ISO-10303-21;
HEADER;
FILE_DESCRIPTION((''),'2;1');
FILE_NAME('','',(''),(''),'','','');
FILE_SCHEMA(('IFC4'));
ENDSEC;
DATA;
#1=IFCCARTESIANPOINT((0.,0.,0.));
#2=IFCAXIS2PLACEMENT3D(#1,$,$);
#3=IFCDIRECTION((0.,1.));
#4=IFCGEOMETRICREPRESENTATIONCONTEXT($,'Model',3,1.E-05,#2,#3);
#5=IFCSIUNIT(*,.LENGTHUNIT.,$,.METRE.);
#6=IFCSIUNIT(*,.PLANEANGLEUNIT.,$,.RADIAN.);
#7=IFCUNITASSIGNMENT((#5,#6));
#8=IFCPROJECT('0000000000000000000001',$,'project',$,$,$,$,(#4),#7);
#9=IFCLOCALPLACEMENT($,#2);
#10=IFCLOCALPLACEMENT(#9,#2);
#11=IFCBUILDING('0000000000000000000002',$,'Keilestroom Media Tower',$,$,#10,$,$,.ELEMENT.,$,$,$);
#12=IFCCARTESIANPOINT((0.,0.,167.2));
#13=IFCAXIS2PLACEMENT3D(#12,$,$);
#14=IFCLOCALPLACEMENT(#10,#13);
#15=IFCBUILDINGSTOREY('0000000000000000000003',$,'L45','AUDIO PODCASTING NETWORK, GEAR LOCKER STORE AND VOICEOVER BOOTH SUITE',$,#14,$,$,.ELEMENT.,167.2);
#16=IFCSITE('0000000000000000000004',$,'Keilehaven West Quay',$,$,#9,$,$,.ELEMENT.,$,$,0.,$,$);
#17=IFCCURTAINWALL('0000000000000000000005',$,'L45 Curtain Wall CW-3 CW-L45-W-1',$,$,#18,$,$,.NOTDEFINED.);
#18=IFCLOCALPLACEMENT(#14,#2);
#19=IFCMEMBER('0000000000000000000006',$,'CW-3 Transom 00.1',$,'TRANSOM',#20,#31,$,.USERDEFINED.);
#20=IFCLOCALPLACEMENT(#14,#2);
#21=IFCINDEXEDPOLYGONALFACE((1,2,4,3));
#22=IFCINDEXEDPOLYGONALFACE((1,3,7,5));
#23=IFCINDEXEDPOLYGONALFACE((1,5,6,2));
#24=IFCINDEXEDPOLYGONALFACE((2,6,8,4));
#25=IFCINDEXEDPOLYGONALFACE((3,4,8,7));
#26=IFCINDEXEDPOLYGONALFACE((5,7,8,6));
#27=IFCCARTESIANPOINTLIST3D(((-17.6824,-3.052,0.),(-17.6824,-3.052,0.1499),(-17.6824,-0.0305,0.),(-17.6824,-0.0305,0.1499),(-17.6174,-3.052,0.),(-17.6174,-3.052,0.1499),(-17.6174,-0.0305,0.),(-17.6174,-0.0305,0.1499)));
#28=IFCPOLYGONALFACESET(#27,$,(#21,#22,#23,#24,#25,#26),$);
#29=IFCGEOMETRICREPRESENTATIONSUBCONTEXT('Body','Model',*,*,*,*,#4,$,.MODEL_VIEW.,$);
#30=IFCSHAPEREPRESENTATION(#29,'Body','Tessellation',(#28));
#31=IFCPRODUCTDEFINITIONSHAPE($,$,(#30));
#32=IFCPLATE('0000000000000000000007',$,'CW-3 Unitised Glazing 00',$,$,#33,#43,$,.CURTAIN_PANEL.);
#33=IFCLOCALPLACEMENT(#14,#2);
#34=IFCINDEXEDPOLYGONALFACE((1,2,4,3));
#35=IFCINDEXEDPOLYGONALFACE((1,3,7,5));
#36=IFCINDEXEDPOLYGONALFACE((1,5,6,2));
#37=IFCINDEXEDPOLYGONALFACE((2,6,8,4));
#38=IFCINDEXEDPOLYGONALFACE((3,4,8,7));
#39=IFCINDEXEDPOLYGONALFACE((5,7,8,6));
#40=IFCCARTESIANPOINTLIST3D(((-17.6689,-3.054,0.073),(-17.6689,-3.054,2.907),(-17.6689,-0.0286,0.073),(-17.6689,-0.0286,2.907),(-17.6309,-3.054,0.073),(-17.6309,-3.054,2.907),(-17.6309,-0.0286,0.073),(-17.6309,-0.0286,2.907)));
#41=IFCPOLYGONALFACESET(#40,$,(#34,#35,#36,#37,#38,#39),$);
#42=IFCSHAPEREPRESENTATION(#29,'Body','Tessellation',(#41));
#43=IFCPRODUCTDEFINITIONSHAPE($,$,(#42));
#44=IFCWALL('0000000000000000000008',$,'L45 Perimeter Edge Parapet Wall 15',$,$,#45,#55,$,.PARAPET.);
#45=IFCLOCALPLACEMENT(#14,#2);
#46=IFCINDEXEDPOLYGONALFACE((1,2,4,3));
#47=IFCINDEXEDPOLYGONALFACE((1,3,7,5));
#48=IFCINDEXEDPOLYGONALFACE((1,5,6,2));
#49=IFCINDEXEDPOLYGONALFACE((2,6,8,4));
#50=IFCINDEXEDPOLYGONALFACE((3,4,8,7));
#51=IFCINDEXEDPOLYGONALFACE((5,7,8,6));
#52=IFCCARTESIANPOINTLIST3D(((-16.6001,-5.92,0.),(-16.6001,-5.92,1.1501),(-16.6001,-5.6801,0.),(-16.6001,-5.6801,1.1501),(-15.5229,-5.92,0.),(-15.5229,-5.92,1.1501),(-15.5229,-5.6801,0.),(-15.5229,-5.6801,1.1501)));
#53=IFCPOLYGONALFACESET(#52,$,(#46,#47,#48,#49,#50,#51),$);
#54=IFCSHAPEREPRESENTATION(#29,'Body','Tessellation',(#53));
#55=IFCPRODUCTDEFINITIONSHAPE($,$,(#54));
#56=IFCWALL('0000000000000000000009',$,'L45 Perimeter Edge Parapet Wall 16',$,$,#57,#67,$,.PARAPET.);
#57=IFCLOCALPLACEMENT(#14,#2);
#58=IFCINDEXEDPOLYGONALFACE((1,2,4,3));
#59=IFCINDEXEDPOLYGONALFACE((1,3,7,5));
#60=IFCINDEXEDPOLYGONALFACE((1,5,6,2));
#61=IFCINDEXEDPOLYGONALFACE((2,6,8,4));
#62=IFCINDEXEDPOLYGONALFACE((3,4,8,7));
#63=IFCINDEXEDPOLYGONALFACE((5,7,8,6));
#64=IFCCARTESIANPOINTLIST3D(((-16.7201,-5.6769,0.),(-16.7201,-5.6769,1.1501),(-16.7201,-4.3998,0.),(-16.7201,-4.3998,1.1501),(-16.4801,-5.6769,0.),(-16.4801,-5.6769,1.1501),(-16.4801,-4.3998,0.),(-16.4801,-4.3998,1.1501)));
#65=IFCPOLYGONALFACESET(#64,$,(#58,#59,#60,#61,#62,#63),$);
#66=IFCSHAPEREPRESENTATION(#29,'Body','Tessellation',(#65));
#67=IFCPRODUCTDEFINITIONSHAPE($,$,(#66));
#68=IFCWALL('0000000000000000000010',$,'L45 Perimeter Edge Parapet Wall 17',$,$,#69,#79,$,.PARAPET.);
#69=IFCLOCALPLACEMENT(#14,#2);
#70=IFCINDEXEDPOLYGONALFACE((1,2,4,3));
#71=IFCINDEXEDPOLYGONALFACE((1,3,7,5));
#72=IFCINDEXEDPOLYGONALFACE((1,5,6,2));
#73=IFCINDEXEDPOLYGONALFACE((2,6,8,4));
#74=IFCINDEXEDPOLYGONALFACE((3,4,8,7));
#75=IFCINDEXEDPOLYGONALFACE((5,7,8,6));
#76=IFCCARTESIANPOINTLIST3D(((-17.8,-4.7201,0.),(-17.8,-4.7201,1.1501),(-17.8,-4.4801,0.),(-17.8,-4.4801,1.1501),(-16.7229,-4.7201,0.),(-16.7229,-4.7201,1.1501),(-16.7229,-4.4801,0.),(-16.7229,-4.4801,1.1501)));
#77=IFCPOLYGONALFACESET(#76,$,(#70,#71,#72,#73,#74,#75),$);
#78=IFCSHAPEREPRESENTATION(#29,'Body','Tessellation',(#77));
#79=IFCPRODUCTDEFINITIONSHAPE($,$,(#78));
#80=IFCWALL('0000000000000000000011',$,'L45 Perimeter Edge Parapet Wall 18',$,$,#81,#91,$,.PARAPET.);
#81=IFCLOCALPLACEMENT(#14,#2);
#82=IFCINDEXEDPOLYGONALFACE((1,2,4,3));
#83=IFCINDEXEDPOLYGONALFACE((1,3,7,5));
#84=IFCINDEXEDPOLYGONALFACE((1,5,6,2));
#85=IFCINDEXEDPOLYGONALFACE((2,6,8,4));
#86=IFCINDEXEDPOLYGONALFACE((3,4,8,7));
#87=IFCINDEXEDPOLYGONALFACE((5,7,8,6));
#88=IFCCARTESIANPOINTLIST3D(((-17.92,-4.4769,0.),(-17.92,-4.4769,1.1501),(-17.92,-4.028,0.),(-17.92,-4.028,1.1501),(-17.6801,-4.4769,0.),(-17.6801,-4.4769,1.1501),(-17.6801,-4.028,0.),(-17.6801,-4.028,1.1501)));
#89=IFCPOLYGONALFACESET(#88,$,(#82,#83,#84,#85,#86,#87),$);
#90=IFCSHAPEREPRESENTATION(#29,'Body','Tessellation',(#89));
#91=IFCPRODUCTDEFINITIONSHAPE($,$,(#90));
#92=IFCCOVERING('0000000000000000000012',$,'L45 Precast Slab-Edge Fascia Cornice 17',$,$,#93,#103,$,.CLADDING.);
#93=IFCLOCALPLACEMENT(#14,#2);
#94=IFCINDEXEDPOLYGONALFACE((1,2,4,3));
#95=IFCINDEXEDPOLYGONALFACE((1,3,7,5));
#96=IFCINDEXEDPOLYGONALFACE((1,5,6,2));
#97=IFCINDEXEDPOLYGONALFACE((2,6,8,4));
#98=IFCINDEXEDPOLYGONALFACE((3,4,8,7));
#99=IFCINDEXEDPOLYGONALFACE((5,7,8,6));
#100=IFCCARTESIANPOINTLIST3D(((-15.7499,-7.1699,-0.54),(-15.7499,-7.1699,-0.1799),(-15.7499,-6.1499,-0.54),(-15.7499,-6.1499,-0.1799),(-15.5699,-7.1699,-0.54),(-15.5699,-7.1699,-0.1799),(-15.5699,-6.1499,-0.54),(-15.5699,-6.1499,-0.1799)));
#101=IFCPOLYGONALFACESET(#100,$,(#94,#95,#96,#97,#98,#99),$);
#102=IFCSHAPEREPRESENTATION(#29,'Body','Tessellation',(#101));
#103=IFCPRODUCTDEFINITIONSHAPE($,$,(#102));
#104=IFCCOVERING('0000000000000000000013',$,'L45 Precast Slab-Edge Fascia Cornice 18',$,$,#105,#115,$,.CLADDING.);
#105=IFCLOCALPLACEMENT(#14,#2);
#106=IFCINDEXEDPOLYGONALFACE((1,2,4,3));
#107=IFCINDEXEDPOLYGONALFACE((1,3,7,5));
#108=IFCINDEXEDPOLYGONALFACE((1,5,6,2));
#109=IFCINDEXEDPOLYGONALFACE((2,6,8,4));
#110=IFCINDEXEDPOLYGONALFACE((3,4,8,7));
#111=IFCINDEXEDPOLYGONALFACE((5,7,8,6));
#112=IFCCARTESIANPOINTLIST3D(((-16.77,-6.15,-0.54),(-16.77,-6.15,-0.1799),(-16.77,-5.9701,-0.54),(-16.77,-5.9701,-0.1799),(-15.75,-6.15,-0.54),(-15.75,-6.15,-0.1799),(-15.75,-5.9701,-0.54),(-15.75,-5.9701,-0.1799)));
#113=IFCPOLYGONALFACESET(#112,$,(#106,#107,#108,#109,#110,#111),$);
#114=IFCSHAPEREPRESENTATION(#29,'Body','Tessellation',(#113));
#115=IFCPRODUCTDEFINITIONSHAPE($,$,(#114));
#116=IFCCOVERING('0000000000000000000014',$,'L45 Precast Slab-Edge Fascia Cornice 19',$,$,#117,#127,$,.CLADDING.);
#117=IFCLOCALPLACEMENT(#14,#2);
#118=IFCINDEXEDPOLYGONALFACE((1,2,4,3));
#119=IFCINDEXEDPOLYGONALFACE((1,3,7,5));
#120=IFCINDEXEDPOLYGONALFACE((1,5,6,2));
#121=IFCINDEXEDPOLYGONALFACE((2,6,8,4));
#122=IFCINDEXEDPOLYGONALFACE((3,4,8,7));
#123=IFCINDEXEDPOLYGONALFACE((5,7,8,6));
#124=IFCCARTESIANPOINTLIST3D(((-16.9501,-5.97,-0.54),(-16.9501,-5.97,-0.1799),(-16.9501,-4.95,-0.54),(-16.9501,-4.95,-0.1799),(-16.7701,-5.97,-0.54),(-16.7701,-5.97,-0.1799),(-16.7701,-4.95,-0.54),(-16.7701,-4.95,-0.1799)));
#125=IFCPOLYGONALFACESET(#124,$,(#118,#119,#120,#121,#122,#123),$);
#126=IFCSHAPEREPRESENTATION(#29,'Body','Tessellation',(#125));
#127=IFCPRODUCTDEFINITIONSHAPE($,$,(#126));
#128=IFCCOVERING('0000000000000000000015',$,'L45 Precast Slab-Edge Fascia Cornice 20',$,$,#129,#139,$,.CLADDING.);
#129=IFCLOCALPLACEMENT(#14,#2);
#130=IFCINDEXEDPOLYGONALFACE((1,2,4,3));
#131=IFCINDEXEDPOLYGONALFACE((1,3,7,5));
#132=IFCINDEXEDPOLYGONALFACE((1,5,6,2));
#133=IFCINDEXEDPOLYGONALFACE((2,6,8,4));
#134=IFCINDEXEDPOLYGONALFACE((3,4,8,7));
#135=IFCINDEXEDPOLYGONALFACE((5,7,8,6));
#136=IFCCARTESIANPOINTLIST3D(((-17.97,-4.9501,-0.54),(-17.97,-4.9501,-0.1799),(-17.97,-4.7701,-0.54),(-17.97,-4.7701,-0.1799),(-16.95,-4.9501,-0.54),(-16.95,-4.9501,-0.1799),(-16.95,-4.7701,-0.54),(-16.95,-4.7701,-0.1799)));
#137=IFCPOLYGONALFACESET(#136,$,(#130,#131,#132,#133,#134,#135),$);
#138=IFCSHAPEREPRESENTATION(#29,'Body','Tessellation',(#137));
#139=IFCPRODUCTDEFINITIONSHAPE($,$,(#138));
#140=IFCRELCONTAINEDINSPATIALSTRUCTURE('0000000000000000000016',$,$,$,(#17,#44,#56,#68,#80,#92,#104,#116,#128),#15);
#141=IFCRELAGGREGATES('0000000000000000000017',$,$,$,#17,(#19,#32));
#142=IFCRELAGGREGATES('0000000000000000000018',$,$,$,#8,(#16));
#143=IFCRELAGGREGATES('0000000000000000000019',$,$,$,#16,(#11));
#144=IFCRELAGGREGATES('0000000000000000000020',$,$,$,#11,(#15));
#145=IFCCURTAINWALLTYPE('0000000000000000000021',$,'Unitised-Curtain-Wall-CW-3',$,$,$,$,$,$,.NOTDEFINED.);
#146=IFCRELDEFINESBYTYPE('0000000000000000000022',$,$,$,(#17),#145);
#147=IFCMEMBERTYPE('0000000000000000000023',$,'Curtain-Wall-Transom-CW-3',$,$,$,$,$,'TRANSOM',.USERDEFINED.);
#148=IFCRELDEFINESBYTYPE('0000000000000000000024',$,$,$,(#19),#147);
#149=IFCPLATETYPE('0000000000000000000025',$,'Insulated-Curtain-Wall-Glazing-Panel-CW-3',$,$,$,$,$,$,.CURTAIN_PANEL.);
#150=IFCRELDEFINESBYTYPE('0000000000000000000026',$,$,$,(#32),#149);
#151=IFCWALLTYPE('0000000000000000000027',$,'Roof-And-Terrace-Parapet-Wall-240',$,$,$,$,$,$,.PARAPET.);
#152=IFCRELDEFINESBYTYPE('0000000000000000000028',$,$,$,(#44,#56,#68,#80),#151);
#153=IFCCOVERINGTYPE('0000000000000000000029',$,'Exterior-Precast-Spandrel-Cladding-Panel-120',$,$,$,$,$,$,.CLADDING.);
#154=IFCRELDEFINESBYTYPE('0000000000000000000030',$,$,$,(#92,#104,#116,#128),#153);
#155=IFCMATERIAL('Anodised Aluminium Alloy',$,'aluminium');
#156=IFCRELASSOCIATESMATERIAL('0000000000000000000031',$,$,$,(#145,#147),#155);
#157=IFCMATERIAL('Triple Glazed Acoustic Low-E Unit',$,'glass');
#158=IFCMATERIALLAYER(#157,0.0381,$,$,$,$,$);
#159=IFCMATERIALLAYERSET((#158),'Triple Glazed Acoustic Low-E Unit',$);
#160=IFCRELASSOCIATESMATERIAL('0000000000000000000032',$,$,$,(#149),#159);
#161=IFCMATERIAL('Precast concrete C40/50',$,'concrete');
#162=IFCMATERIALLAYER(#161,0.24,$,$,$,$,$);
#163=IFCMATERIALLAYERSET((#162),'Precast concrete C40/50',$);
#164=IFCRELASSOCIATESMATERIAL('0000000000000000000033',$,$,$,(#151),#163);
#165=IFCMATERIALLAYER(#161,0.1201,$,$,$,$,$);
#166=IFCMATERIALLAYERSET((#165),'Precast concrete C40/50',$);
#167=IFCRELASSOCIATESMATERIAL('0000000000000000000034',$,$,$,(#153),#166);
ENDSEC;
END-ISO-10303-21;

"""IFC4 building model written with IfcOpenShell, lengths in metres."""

from ifc_helpers import new_model, si_unit, direction, frame, frame_2d, origin, origin_2d, place, context, subcontext, project, spatial, rectangle, extrude, source, transform, mapped, material, layer, layer_set, material_profile, profile_set, type_object, element, aggregate, save


model = new_model("IFC4")

# Units and contexts
model_context = context("Model", 3, precision=1e-05, world=origin(), true_north=direction((0.0, 1.0)))
body_context = subcontext(model_context, "Body", "Model", "MODEL_VIEW")
ifc_project = project(units=[si_unit("LENGTHUNIT", "METRE"), si_unit("PLANEANGLEUNIT", "RADIAN")], contexts=[model_context])

# Site, building, storey
site_placement = place(None, origin())
site = spatial("IfcSite", under=ifc_project, at=site_placement, Name="Keilehaven West Quay", CompositionType="ELEMENT", RefElevation=0.0)
building_placement = place(site_placement, origin())
building = spatial("IfcBuilding", under=site, at=building_placement, Name="Keilestroom Media Tower", CompositionType="ELEMENT")
storey_placement = place(building_placement, frame((0.0, 0.0, 167.2)))
storey = spatial("IfcBuildingStorey", under=building, at=storey_placement, Name="L45", Description="AUDIO PODCASTING NETWORK, GEAR LOCKER STORE AND VOICEOVER BOOTH SUITE", CompositionType="ELEMENT", Elevation=167.2)

# Shared definitions
ifc_material_1 = material(Name="Precast concrete C40/50", Category="concrete")

# Curtain wall
ifc_material_2 = material(Name="Anodised Aluminium Alloy", Category="aluminium")
curtain_wall_type = type_object("IfcCurtainWallType", Name="Unitised-Curtain-Wall-CW-3", PredefinedType="NOTDEFINED", material=ifc_material_2)
curtain_wall_1_placement = place(storey_placement, origin())
curtain_wall_1 = element("IfcCurtainWall", 1, at=curtain_wall_1_placement, inside=storey, type_object=curtain_wall_type, Name="L45 Curtain Wall CW-3 CW-L45-W-1", PredefinedType="NOTDEFINED")

# Member
ifc_material_profile_1 = material_profile(ifc_material_2, rectangle(XDim=0.0649, YDim=0.1499, at=origin_2d()), Name="ALU TRANSOM 65x150")
ifc_profile_set_1 = profile_set([ifc_material_profile_1], Name="Anodised Aluminium Alloy")
member_type_1 = type_object("IfcMemberType", Name="Curtain-Wall-Transom-CW-3", ElementType="TRANSOM", PredefinedType="USERDEFINED", material=ifc_profile_set_1)
shared_shape_1 = source(origin(), body_context, "Body", "SweptSolid", [
    extrude(rectangle(XDim=0.0649, YDim=0.1499, at=origin_2d()), origin(), (0.0, 0.0, 1.0), 3.0215),
])
member_1_placement = place(storey_placement, frame((-17.6499, -3.052, 0.075), z_axis=(0.0, 1.0, 0.0), x_axis=(-1.0, 0.0, 0.0)))
member_1 = element("IfcMember", 2, at=member_1_placement, type_object=member_type_1, Name="CW-3 Transom 00.1", ObjectType="TRANSOM", PredefinedType="USERDEFINED", context=body_context, shape_type="MappedRepresentation", body=[
    mapped(shared_shape_1, transform((0.0, 0.0, 0.0), x_axis=(1.0, 0.0, 0.0), y_axis=(0.0, 1.0, 0.0), z_axis=(0.0, 0.0, 1.0), scale=1.0)),
])

# Plate
ifc_material_3 = material(Name="Triple Glazed Acoustic Low-E Unit", Category="glass")
ifc_layer_1 = layer(ifc_material_3, 0.0381)
ifc_layer_set_1 = layer_set([ifc_layer_1], Name="Triple Glazed Acoustic Low-E Unit")
plate_type = type_object("IfcPlateType", Name="Insulated-Curtain-Wall-Glazing-Panel-CW-3", PredefinedType="CURTAIN_PANEL", material=ifc_layer_set_1)
shared_shape_2 = source(origin(), body_context, "Body", "SweptSolid", [
    extrude(rectangle(XDim=3.0254, YDim=0.0381, at=origin_2d()), origin(), (0.0, 0.0, 1.0), 2.834),
])
plate_placement = place(storey_placement, frame((-17.6499, -1.5413, 0.073), z_axis=(0.0, 0.0, 1.0), x_axis=(0.0, 1.0, 0.0)))
plate = element("IfcPlate", 3, at=plate_placement, type_object=plate_type, Name="CW-3 Unitised Glazing 00", PredefinedType="CURTAIN_PANEL", context=body_context, shape_type="MappedRepresentation", body=[
    mapped(shared_shape_2, transform((0.0, 0.0, 0.0), x_axis=(1.0, 0.0, 0.0), y_axis=(0.0, 1.0, 0.0), z_axis=(0.0, 0.0, 1.0), scale=1.0)),
])
aggregate(curtain_wall_1, [member_1, plate])

# Walls
ifc_layer_2 = layer(ifc_material_1, 0.24)
ifc_layer_set_2 = layer_set([ifc_layer_2], Name="Precast concrete C40/50")
wall_type = type_object("IfcWallType", Name="Roof-And-Terrace-Parapet-Wall-240", PredefinedType="PARAPET", material=ifc_layer_set_2)
wall_1_placement = place(storey_placement, frame((-15.5229, -5.8, 0.0), z_axis=(0.0, 0.0, 1.0), x_axis=(-1.0, 0.0, 0.0)))
element("IfcWall", 4, at=wall_1_placement, inside=storey, type_object=wall_type, Name="L45 Perimeter Edge Parapet Wall 15", PredefinedType="PARAPET", context=body_context, shape_type="SweptSolid", body=[
    extrude(rectangle(XDim=1.0771, YDim=0.24, at=frame_2d((0.5386, 0.0))), origin(), (0.0, 0.0, 1.0), 1.1501),
])
wall_2_placement = place(storey_placement, frame((-16.6001, -5.677, 0.0), z_axis=(0.0, 0.0, 1.0), x_axis=(0.0, 1.0, 0.0)))
element("IfcWall", 5, at=wall_2_placement, inside=storey, type_object=wall_type, Name="L45 Perimeter Edge Parapet Wall 16", PredefinedType="PARAPET", context=body_context, shape_type="SweptSolid", body=[
    extrude(rectangle(XDim=1.2771, YDim=0.24, at=frame_2d((0.6387, 0.0))), origin(), (0.0, 0.0, 1.0), 1.1501),
])
wall_3_placement = place(storey_placement, frame((-16.7229, -4.6001, 0.0), z_axis=(0.0, 0.0, 1.0), x_axis=(-1.0, 0.0, 0.0)))
element("IfcWall", 6, at=wall_3_placement, inside=storey, type_object=wall_type, Name="L45 Perimeter Edge Parapet Wall 17", PredefinedType="PARAPET", context=body_context, shape_type="SweptSolid", body=[
    extrude(rectangle(XDim=1.0771, YDim=0.24, at=frame_2d((0.5386, 0.0))), origin(), (0.0, 0.0, 1.0), 1.1501),
])
wall_4_placement = place(storey_placement, frame((-17.8, -4.4771, 0.0), z_axis=(0.0, 0.0, 1.0), x_axis=(0.0, 1.0, 0.0)))
element("IfcWall", 7, at=wall_4_placement, inside=storey, type_object=wall_type, Name="L45 Perimeter Edge Parapet Wall 18", PredefinedType="PARAPET", context=body_context, shape_type="SweptSolid", body=[
    extrude(rectangle(XDim=0.449, YDim=0.24, at=frame_2d((0.2246, 0.0))), origin(), (0.0, 0.0, 1.0), 1.1501),
])

# Coverings
ifc_layer_3 = layer(ifc_material_1, 0.1201)
ifc_layer_set_3 = layer_set([ifc_layer_3], Name="Precast concrete C40/50")
covering_type = type_object("IfcCoveringType", Name="Exterior-Precast-Spandrel-Cladding-Panel-120", PredefinedType="CLADDING", material=ifc_layer_set_3)
shared_shape_3 = source(origin(), body_context, "Body", "SweptSolid", [
    extrude(rectangle(XDim=1.02, YDim=0.1799, at=origin_2d()), origin(), (0.0, 0.0, 1.0), 0.3601),
])
for number, where, z_axis, x_axis, name in (
    (8, (-15.6599, -6.6599, -0.54), (0.0, 0.0, 1.0), (0.0, 1.0, 0.0), "L45 Precast Slab-Edge Fascia Cornice 17"),
    (9, (-16.26, -6.0601, -0.54), (0.0, 0.0, 1.0), (-1.0, 0.0, 0.0), "L45 Precast Slab-Edge Fascia Cornice 18"),
    (10, (-16.8601, -5.46, -0.54), (0.0, 0.0, 1.0), (0.0, 1.0, 0.0), "L45 Precast Slab-Edge Fascia Cornice 19"),
    (11, (-17.46, -4.8601, -0.54), (0.0, 0.0, 1.0), (-1.0, 0.0, 0.0), "L45 Precast Slab-Edge Fascia Cornice 20"),
):
    element("IfcCovering", number, at=place(storey_placement, frame(where, z_axis=z_axis, x_axis=x_axis)), inside=storey, type_object=covering_type, Name=name, PredefinedType="CLADDING", context=body_context, shape_type="MappedRepresentation", body=[
        mapped(shared_shape_3, transform((0.0, 0.0, 0.0), x_axis=(1.0, 0.0, 0.0), y_axis=(0.0, 1.0, 0.0), z_axis=(0.0, 0.0, 1.0), scale=1.0)),
    ])

save(model, "model.ifc")
